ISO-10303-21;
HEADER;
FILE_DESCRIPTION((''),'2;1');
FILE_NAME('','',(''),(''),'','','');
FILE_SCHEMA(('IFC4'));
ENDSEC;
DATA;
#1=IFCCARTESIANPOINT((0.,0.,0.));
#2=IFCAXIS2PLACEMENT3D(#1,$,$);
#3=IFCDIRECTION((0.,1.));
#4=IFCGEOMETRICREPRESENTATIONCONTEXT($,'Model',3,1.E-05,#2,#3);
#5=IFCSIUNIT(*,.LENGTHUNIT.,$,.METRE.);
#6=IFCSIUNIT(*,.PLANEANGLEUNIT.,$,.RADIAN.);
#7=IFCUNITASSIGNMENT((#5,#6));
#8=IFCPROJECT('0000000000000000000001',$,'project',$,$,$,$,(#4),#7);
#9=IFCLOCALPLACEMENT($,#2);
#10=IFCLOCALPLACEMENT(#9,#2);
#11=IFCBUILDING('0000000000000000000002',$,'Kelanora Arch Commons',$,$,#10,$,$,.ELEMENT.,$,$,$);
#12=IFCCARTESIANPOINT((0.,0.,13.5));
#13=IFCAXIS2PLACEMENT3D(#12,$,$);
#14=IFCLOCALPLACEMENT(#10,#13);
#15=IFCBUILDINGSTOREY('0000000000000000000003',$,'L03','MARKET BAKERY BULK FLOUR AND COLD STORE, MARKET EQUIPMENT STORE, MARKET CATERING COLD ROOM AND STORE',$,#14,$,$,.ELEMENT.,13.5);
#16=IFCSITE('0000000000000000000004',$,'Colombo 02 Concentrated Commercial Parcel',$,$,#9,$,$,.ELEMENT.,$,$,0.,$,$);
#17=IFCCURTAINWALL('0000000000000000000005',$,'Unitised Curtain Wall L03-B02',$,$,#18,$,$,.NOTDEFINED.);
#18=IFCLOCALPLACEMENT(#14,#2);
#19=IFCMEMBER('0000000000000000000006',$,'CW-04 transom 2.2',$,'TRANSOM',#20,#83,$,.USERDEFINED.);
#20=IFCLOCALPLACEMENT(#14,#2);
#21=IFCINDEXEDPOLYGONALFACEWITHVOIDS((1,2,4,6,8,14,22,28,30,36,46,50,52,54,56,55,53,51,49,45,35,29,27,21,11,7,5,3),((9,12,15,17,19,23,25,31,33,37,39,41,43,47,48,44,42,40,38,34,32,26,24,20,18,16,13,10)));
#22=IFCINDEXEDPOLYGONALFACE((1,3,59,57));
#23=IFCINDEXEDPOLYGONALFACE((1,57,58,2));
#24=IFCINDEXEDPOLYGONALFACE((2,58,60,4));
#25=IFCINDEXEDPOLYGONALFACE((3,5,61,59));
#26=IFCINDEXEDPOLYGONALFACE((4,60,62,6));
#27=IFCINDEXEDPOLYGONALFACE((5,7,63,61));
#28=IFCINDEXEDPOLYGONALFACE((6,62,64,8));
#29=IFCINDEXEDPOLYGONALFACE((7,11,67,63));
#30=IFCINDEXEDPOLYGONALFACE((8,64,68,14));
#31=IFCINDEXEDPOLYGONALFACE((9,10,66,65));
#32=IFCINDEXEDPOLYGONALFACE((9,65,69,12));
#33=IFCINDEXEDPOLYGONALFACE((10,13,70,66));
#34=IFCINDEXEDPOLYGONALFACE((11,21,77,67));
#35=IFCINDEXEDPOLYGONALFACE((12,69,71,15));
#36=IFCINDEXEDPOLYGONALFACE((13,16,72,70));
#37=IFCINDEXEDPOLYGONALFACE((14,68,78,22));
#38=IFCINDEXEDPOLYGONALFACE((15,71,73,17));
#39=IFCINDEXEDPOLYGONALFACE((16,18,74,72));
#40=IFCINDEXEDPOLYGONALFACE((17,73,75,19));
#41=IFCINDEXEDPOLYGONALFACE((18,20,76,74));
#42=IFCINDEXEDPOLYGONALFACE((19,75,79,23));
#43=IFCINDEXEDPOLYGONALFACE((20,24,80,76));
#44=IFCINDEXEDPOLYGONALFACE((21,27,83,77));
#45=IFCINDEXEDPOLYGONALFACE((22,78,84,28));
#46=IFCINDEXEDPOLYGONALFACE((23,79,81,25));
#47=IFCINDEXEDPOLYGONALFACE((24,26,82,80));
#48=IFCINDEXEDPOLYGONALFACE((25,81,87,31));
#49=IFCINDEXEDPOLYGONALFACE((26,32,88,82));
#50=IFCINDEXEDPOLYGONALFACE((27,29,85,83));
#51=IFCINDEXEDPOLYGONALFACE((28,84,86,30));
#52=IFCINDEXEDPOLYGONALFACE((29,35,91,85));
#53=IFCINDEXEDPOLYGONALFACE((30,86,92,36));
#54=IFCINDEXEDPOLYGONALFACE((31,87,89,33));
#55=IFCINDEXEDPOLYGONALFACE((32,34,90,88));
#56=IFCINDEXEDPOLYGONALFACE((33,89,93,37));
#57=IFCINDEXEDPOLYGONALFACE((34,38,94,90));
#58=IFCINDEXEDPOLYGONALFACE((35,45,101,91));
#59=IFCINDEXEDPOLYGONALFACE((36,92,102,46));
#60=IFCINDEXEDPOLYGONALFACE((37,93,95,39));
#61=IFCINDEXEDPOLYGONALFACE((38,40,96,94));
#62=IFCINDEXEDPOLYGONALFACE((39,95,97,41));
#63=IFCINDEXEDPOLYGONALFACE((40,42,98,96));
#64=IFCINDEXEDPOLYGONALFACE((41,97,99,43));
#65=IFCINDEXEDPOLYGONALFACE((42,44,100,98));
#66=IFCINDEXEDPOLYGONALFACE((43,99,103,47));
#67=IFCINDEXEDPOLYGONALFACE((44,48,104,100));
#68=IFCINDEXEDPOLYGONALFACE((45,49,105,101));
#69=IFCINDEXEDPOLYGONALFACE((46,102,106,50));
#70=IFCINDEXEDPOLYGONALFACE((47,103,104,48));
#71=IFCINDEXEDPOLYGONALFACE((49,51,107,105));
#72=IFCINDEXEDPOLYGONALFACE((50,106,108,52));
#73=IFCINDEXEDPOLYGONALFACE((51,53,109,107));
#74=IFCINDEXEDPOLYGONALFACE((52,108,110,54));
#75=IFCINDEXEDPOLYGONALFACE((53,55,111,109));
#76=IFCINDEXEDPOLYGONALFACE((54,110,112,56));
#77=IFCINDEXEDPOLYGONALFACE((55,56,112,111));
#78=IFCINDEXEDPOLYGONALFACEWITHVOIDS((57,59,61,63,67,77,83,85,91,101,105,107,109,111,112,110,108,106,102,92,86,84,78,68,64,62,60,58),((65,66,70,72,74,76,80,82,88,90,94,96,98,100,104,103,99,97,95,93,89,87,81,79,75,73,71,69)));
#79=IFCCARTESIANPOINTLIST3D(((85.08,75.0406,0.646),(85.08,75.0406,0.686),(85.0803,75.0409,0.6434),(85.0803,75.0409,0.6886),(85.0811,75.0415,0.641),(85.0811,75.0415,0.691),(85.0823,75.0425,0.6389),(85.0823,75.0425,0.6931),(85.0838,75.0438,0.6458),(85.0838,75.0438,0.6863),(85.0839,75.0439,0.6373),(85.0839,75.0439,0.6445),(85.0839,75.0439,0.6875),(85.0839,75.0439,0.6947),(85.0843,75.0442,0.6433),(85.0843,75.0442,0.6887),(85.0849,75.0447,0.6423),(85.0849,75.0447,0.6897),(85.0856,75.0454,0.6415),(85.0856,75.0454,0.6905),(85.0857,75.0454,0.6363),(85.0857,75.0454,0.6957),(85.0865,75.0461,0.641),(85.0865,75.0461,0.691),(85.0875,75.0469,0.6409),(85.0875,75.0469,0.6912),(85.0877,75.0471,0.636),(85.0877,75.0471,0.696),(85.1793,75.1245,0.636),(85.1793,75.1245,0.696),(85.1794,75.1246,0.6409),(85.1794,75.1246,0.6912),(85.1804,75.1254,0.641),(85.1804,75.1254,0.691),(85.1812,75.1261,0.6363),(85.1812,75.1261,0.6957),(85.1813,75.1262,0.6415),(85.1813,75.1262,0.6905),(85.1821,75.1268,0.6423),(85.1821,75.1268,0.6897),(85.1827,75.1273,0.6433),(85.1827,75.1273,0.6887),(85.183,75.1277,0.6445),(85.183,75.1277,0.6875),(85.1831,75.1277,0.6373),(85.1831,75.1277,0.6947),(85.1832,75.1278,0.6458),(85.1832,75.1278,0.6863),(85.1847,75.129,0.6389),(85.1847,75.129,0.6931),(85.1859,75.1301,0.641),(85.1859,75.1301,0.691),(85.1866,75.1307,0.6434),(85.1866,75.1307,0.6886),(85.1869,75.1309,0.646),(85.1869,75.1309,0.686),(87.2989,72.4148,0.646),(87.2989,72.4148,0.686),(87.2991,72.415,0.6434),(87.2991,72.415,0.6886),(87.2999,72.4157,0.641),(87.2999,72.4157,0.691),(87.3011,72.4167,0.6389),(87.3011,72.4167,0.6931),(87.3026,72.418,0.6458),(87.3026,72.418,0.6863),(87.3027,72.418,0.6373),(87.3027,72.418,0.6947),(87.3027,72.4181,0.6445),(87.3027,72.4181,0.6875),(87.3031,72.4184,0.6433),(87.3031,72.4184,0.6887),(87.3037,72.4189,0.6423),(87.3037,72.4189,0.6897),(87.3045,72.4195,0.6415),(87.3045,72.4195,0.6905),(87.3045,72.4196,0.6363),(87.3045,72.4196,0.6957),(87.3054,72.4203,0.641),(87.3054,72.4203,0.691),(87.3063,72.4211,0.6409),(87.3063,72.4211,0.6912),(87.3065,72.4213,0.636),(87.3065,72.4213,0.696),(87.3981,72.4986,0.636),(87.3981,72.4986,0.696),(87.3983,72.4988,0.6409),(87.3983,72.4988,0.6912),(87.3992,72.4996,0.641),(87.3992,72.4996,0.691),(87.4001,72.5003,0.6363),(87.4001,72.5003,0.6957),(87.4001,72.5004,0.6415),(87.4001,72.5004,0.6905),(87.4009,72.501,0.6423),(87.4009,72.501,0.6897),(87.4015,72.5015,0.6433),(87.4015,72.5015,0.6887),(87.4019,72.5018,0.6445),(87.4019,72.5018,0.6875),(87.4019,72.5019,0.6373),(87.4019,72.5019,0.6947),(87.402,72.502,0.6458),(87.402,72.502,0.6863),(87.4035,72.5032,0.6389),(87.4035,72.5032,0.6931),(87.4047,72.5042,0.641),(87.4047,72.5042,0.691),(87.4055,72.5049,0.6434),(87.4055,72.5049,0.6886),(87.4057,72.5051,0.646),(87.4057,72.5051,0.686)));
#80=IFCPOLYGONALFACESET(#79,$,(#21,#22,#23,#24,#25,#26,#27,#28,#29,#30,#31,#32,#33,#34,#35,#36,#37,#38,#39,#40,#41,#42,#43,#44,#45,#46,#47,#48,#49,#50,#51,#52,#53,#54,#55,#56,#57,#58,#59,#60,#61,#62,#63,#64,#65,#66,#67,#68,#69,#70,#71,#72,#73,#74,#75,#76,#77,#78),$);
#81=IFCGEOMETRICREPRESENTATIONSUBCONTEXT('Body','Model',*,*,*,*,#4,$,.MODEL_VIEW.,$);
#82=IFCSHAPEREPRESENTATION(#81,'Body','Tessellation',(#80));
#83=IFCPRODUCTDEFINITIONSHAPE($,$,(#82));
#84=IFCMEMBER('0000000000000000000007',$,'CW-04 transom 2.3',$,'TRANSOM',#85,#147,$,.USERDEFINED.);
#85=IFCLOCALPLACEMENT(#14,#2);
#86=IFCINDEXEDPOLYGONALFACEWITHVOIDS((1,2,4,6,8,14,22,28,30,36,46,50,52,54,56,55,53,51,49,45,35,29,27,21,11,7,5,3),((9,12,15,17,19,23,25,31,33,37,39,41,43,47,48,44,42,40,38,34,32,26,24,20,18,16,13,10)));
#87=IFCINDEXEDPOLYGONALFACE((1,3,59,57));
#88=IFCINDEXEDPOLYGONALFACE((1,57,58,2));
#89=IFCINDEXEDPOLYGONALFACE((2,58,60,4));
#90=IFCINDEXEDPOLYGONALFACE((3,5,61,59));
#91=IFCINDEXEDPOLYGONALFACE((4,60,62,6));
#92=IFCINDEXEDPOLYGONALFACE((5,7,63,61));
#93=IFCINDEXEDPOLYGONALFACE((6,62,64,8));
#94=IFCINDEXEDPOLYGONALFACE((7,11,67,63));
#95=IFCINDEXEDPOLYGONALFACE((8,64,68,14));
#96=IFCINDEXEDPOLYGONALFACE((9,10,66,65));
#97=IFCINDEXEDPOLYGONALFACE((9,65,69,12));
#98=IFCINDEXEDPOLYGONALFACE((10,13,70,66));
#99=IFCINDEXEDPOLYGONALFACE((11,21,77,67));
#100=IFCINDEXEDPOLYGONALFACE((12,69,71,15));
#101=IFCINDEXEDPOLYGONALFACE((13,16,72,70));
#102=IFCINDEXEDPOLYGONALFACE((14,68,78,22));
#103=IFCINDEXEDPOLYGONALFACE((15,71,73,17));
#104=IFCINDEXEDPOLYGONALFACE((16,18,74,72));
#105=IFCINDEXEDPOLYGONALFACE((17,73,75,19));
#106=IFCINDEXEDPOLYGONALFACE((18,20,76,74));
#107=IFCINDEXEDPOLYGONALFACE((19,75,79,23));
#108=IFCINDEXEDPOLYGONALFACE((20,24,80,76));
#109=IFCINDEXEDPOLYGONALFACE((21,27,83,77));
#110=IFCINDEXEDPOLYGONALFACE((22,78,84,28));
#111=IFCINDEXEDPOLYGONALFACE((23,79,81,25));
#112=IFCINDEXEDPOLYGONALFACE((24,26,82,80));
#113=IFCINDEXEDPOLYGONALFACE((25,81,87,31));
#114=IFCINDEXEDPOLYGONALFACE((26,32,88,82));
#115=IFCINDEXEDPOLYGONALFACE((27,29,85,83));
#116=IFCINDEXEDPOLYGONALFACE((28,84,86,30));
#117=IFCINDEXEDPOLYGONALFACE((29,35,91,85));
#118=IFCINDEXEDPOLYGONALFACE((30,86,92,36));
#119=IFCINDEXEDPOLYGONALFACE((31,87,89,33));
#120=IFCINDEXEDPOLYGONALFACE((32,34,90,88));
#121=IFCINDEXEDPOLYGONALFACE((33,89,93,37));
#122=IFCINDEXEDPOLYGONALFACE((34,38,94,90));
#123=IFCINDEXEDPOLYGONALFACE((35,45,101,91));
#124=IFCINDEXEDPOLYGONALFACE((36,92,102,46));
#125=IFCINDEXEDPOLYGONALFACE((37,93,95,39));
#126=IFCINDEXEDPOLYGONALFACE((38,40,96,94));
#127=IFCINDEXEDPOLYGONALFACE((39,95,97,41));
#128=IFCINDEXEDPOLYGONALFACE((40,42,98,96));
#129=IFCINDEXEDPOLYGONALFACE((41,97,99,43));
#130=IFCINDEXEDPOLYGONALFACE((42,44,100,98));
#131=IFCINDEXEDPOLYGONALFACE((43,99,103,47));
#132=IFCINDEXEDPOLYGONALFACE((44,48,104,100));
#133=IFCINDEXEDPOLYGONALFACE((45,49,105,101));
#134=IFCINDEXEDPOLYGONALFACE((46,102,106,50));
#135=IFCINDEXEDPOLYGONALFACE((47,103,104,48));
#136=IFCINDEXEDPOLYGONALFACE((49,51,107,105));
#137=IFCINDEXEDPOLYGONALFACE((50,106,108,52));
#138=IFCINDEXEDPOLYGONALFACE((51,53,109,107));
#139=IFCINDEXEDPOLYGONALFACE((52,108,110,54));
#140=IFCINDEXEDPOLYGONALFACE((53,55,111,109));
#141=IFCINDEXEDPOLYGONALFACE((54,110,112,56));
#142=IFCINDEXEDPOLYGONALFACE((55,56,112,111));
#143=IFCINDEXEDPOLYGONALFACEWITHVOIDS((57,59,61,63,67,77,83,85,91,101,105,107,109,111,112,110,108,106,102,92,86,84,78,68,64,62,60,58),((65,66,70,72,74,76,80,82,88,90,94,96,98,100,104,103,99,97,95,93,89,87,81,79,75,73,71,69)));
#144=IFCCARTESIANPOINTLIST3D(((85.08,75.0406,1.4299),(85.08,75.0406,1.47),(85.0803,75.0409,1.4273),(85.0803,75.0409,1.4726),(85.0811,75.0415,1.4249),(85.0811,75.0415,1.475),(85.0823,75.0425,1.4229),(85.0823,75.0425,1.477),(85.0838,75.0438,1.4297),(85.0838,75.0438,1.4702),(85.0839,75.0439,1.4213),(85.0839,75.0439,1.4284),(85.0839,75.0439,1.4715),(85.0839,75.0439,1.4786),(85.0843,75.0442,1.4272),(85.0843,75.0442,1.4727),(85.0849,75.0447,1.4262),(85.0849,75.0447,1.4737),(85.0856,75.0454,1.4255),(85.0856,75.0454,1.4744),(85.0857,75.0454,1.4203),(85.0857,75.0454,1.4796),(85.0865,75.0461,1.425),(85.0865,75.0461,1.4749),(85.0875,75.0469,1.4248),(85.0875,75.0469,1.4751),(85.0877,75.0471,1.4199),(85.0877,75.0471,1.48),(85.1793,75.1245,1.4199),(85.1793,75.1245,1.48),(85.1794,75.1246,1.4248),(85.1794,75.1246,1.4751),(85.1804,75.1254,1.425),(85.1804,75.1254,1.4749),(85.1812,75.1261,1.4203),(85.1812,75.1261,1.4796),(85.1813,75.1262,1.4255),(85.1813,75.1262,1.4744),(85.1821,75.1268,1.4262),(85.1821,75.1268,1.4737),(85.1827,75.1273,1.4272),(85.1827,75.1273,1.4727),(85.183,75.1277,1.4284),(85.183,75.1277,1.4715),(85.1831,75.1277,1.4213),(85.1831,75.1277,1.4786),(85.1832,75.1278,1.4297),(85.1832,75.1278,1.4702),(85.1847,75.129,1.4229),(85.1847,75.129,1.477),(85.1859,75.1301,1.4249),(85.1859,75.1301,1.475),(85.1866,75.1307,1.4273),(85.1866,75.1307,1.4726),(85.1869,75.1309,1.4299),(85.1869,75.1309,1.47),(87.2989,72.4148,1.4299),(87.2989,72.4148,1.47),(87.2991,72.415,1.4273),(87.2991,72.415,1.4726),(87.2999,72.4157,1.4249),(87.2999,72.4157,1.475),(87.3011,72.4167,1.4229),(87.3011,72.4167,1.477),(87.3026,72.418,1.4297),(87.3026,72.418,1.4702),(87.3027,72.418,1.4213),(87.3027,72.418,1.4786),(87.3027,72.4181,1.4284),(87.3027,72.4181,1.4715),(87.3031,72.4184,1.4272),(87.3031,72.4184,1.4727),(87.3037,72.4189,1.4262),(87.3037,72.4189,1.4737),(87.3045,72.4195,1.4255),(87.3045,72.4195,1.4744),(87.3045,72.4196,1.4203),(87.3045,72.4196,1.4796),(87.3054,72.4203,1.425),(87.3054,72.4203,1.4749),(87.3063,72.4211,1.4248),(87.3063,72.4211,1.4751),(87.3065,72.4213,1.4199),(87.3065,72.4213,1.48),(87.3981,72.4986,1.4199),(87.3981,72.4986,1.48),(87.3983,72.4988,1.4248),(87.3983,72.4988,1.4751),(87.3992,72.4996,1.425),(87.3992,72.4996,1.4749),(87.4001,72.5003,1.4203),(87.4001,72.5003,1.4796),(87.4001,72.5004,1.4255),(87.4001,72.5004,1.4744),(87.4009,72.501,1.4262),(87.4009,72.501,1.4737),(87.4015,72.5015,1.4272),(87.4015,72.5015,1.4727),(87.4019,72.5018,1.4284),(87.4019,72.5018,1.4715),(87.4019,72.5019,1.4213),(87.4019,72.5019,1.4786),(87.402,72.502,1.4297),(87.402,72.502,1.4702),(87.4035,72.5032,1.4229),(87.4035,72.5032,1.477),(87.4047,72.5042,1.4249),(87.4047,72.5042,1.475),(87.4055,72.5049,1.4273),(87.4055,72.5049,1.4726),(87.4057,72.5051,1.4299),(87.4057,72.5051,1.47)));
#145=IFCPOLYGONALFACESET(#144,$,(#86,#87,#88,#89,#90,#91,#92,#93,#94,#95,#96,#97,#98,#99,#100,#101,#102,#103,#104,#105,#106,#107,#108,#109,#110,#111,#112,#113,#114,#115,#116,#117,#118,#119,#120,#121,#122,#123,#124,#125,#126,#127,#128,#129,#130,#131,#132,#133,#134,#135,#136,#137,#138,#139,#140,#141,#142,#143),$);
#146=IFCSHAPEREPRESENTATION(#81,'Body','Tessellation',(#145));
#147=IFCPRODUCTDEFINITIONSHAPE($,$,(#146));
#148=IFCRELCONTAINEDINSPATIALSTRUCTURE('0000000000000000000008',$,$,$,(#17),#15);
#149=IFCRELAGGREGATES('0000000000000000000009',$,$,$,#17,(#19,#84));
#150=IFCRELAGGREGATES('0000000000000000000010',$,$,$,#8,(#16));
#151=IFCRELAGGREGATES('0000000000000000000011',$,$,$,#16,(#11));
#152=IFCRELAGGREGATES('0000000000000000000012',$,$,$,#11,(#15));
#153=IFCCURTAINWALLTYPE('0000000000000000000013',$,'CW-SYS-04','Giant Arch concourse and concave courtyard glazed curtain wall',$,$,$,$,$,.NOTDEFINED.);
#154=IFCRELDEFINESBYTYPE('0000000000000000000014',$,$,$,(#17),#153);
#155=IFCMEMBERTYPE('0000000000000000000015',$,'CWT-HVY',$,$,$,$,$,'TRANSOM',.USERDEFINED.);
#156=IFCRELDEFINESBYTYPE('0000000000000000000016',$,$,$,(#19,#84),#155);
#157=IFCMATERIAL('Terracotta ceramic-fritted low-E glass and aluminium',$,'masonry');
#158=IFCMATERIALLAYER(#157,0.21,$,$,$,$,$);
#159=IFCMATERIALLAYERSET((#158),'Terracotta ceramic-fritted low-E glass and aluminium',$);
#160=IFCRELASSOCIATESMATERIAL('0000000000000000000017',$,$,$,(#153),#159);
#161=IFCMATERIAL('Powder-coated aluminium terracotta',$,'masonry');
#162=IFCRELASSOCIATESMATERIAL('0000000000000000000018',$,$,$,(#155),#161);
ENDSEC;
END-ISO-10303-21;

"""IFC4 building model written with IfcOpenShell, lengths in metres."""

from ifc_helpers import new_model, si_unit, direction, frame, origin, origin_2d, place, context, subcontext, project, spatial, hollow_rectangle, extrude, material, layer, layer_set, material_profile, profile_set, type_object, element, aggregate, save


model = new_model("IFC4")

# Units and contexts
model_context = context("Model", 3, precision=1e-05, world=origin(), true_north=direction((0.0, 1.0)))
body_context = subcontext(model_context, "Body", "Model", "MODEL_VIEW")
ifc_project = project(units=[si_unit("LENGTHUNIT", "METRE"), si_unit("PLANEANGLEUNIT", "RADIAN")], contexts=[model_context])

# Site, building, storey
site_placement = place(None, origin())
site = spatial("IfcSite", under=ifc_project, at=site_placement, Name="Colombo 02 Concentrated Commercial Parcel", CompositionType="ELEMENT", RefElevation=0.0)
building_placement = place(site_placement, origin())
building = spatial("IfcBuilding", under=site, at=building_placement, Name="Kelanora Arch Commons", CompositionType="ELEMENT")
storey_placement = place(building_placement, frame((0.0, 0.0, 13.5)))
storey = spatial("IfcBuildingStorey", under=building, at=storey_placement, Name="L03", Description="MARKET BAKERY BULK FLOUR AND COLD STORE, MARKET EQUIPMENT STORE, MARKET CATERING COLD ROOM AND STORE", CompositionType="ELEMENT", Elevation=13.5)

# Curtain wall
ifc_material_1 = material(Name="Terracotta ceramic-fritted low-E glass and aluminium", Category="masonry")
ifc_layer_1 = layer(ifc_material_1, 0.21)
ifc_layer_set_1 = layer_set([ifc_layer_1], Name="Terracotta ceramic-fritted low-E glass and aluminium")
curtain_wall_type = type_object("IfcCurtainWallType", Name="CW-SYS-04", Description="Giant Arch concourse and concave courtyard glazed curtain wall", PredefinedType="NOTDEFINED", material=ifc_layer_set_1)
curtain_wall_1_placement = place(storey_placement, origin())
curtain_wall_1 = element("IfcCurtainWall", 1, at=curtain_wall_1_placement, inside=storey, type_object=curtain_wall_type, Name="Unitised Curtain Wall L03-B02", PredefinedType="NOTDEFINED")
ifc_material_2 = material(Name="Powder-coated aluminium terracotta", Category="masonry")

# Members
ifc_material_profile_1 = material_profile(ifc_material_2, hollow_rectangle(XDim=0.1399, YDim=0.0601, WallThickness=0.0049, InnerFilletRadius=0.0049, OuterFilletRadius=0.01, at=origin_2d()), Name="CWT140x60")
ifc_profile_set_1 = profile_set([ifc_material_profile_1], Name="Powder-coated aluminium terracotta")
member_type_1 = type_object("IfcMemberType", Name="CWT-HVY", ElementType="TRANSOM", PredefinedType="USERDEFINED", material=ifc_profile_set_1)
member_1_placement = place(storey_placement, frame((87.3523, 72.46, 0.666), z_axis=(-0.64543, 0.76382, 0.0), x_axis=(-0.76382, -0.64543, 0.0)))
member_1 = element("IfcMember", 2, at=member_1_placement, type_object=member_type_1, Name="CW-04 transom 2.2", ObjectType="TRANSOM", PredefinedType="USERDEFINED", context=body_context, shape_type="SweptSolid", body=[
    extrude(hollow_rectangle(XDim=0.1399, YDim=0.0601, WallThickness=0.0049, InnerFilletRadius=0.0049, OuterFilletRadius=0.01, at=origin_2d()), origin(), (0.0, 0.0, 1.0), 3.4377),
])
member_2_placement = place(storey_placement, frame((87.3523, 72.46, 1.45), z_axis=(-0.64543, 0.76382, 0.0), x_axis=(-0.76382, -0.64543, 0.0)))
member_2 = element("IfcMember", 3, at=member_2_placement, type_object=member_type_1, Name="CW-04 transom 2.3", ObjectType="TRANSOM", PredefinedType="USERDEFINED", context=body_context, shape_type="SweptSolid", body=[
    extrude(hollow_rectangle(XDim=0.1399, YDim=0.0601, WallThickness=0.0049, InnerFilletRadius=0.0049, OuterFilletRadius=0.01, at=origin_2d()), origin(), (0.0, 0.0, 1.0), 3.4377),
])

aggregate(curtain_wall_1, [member_1, member_2])

save(model, "model.ifc")
